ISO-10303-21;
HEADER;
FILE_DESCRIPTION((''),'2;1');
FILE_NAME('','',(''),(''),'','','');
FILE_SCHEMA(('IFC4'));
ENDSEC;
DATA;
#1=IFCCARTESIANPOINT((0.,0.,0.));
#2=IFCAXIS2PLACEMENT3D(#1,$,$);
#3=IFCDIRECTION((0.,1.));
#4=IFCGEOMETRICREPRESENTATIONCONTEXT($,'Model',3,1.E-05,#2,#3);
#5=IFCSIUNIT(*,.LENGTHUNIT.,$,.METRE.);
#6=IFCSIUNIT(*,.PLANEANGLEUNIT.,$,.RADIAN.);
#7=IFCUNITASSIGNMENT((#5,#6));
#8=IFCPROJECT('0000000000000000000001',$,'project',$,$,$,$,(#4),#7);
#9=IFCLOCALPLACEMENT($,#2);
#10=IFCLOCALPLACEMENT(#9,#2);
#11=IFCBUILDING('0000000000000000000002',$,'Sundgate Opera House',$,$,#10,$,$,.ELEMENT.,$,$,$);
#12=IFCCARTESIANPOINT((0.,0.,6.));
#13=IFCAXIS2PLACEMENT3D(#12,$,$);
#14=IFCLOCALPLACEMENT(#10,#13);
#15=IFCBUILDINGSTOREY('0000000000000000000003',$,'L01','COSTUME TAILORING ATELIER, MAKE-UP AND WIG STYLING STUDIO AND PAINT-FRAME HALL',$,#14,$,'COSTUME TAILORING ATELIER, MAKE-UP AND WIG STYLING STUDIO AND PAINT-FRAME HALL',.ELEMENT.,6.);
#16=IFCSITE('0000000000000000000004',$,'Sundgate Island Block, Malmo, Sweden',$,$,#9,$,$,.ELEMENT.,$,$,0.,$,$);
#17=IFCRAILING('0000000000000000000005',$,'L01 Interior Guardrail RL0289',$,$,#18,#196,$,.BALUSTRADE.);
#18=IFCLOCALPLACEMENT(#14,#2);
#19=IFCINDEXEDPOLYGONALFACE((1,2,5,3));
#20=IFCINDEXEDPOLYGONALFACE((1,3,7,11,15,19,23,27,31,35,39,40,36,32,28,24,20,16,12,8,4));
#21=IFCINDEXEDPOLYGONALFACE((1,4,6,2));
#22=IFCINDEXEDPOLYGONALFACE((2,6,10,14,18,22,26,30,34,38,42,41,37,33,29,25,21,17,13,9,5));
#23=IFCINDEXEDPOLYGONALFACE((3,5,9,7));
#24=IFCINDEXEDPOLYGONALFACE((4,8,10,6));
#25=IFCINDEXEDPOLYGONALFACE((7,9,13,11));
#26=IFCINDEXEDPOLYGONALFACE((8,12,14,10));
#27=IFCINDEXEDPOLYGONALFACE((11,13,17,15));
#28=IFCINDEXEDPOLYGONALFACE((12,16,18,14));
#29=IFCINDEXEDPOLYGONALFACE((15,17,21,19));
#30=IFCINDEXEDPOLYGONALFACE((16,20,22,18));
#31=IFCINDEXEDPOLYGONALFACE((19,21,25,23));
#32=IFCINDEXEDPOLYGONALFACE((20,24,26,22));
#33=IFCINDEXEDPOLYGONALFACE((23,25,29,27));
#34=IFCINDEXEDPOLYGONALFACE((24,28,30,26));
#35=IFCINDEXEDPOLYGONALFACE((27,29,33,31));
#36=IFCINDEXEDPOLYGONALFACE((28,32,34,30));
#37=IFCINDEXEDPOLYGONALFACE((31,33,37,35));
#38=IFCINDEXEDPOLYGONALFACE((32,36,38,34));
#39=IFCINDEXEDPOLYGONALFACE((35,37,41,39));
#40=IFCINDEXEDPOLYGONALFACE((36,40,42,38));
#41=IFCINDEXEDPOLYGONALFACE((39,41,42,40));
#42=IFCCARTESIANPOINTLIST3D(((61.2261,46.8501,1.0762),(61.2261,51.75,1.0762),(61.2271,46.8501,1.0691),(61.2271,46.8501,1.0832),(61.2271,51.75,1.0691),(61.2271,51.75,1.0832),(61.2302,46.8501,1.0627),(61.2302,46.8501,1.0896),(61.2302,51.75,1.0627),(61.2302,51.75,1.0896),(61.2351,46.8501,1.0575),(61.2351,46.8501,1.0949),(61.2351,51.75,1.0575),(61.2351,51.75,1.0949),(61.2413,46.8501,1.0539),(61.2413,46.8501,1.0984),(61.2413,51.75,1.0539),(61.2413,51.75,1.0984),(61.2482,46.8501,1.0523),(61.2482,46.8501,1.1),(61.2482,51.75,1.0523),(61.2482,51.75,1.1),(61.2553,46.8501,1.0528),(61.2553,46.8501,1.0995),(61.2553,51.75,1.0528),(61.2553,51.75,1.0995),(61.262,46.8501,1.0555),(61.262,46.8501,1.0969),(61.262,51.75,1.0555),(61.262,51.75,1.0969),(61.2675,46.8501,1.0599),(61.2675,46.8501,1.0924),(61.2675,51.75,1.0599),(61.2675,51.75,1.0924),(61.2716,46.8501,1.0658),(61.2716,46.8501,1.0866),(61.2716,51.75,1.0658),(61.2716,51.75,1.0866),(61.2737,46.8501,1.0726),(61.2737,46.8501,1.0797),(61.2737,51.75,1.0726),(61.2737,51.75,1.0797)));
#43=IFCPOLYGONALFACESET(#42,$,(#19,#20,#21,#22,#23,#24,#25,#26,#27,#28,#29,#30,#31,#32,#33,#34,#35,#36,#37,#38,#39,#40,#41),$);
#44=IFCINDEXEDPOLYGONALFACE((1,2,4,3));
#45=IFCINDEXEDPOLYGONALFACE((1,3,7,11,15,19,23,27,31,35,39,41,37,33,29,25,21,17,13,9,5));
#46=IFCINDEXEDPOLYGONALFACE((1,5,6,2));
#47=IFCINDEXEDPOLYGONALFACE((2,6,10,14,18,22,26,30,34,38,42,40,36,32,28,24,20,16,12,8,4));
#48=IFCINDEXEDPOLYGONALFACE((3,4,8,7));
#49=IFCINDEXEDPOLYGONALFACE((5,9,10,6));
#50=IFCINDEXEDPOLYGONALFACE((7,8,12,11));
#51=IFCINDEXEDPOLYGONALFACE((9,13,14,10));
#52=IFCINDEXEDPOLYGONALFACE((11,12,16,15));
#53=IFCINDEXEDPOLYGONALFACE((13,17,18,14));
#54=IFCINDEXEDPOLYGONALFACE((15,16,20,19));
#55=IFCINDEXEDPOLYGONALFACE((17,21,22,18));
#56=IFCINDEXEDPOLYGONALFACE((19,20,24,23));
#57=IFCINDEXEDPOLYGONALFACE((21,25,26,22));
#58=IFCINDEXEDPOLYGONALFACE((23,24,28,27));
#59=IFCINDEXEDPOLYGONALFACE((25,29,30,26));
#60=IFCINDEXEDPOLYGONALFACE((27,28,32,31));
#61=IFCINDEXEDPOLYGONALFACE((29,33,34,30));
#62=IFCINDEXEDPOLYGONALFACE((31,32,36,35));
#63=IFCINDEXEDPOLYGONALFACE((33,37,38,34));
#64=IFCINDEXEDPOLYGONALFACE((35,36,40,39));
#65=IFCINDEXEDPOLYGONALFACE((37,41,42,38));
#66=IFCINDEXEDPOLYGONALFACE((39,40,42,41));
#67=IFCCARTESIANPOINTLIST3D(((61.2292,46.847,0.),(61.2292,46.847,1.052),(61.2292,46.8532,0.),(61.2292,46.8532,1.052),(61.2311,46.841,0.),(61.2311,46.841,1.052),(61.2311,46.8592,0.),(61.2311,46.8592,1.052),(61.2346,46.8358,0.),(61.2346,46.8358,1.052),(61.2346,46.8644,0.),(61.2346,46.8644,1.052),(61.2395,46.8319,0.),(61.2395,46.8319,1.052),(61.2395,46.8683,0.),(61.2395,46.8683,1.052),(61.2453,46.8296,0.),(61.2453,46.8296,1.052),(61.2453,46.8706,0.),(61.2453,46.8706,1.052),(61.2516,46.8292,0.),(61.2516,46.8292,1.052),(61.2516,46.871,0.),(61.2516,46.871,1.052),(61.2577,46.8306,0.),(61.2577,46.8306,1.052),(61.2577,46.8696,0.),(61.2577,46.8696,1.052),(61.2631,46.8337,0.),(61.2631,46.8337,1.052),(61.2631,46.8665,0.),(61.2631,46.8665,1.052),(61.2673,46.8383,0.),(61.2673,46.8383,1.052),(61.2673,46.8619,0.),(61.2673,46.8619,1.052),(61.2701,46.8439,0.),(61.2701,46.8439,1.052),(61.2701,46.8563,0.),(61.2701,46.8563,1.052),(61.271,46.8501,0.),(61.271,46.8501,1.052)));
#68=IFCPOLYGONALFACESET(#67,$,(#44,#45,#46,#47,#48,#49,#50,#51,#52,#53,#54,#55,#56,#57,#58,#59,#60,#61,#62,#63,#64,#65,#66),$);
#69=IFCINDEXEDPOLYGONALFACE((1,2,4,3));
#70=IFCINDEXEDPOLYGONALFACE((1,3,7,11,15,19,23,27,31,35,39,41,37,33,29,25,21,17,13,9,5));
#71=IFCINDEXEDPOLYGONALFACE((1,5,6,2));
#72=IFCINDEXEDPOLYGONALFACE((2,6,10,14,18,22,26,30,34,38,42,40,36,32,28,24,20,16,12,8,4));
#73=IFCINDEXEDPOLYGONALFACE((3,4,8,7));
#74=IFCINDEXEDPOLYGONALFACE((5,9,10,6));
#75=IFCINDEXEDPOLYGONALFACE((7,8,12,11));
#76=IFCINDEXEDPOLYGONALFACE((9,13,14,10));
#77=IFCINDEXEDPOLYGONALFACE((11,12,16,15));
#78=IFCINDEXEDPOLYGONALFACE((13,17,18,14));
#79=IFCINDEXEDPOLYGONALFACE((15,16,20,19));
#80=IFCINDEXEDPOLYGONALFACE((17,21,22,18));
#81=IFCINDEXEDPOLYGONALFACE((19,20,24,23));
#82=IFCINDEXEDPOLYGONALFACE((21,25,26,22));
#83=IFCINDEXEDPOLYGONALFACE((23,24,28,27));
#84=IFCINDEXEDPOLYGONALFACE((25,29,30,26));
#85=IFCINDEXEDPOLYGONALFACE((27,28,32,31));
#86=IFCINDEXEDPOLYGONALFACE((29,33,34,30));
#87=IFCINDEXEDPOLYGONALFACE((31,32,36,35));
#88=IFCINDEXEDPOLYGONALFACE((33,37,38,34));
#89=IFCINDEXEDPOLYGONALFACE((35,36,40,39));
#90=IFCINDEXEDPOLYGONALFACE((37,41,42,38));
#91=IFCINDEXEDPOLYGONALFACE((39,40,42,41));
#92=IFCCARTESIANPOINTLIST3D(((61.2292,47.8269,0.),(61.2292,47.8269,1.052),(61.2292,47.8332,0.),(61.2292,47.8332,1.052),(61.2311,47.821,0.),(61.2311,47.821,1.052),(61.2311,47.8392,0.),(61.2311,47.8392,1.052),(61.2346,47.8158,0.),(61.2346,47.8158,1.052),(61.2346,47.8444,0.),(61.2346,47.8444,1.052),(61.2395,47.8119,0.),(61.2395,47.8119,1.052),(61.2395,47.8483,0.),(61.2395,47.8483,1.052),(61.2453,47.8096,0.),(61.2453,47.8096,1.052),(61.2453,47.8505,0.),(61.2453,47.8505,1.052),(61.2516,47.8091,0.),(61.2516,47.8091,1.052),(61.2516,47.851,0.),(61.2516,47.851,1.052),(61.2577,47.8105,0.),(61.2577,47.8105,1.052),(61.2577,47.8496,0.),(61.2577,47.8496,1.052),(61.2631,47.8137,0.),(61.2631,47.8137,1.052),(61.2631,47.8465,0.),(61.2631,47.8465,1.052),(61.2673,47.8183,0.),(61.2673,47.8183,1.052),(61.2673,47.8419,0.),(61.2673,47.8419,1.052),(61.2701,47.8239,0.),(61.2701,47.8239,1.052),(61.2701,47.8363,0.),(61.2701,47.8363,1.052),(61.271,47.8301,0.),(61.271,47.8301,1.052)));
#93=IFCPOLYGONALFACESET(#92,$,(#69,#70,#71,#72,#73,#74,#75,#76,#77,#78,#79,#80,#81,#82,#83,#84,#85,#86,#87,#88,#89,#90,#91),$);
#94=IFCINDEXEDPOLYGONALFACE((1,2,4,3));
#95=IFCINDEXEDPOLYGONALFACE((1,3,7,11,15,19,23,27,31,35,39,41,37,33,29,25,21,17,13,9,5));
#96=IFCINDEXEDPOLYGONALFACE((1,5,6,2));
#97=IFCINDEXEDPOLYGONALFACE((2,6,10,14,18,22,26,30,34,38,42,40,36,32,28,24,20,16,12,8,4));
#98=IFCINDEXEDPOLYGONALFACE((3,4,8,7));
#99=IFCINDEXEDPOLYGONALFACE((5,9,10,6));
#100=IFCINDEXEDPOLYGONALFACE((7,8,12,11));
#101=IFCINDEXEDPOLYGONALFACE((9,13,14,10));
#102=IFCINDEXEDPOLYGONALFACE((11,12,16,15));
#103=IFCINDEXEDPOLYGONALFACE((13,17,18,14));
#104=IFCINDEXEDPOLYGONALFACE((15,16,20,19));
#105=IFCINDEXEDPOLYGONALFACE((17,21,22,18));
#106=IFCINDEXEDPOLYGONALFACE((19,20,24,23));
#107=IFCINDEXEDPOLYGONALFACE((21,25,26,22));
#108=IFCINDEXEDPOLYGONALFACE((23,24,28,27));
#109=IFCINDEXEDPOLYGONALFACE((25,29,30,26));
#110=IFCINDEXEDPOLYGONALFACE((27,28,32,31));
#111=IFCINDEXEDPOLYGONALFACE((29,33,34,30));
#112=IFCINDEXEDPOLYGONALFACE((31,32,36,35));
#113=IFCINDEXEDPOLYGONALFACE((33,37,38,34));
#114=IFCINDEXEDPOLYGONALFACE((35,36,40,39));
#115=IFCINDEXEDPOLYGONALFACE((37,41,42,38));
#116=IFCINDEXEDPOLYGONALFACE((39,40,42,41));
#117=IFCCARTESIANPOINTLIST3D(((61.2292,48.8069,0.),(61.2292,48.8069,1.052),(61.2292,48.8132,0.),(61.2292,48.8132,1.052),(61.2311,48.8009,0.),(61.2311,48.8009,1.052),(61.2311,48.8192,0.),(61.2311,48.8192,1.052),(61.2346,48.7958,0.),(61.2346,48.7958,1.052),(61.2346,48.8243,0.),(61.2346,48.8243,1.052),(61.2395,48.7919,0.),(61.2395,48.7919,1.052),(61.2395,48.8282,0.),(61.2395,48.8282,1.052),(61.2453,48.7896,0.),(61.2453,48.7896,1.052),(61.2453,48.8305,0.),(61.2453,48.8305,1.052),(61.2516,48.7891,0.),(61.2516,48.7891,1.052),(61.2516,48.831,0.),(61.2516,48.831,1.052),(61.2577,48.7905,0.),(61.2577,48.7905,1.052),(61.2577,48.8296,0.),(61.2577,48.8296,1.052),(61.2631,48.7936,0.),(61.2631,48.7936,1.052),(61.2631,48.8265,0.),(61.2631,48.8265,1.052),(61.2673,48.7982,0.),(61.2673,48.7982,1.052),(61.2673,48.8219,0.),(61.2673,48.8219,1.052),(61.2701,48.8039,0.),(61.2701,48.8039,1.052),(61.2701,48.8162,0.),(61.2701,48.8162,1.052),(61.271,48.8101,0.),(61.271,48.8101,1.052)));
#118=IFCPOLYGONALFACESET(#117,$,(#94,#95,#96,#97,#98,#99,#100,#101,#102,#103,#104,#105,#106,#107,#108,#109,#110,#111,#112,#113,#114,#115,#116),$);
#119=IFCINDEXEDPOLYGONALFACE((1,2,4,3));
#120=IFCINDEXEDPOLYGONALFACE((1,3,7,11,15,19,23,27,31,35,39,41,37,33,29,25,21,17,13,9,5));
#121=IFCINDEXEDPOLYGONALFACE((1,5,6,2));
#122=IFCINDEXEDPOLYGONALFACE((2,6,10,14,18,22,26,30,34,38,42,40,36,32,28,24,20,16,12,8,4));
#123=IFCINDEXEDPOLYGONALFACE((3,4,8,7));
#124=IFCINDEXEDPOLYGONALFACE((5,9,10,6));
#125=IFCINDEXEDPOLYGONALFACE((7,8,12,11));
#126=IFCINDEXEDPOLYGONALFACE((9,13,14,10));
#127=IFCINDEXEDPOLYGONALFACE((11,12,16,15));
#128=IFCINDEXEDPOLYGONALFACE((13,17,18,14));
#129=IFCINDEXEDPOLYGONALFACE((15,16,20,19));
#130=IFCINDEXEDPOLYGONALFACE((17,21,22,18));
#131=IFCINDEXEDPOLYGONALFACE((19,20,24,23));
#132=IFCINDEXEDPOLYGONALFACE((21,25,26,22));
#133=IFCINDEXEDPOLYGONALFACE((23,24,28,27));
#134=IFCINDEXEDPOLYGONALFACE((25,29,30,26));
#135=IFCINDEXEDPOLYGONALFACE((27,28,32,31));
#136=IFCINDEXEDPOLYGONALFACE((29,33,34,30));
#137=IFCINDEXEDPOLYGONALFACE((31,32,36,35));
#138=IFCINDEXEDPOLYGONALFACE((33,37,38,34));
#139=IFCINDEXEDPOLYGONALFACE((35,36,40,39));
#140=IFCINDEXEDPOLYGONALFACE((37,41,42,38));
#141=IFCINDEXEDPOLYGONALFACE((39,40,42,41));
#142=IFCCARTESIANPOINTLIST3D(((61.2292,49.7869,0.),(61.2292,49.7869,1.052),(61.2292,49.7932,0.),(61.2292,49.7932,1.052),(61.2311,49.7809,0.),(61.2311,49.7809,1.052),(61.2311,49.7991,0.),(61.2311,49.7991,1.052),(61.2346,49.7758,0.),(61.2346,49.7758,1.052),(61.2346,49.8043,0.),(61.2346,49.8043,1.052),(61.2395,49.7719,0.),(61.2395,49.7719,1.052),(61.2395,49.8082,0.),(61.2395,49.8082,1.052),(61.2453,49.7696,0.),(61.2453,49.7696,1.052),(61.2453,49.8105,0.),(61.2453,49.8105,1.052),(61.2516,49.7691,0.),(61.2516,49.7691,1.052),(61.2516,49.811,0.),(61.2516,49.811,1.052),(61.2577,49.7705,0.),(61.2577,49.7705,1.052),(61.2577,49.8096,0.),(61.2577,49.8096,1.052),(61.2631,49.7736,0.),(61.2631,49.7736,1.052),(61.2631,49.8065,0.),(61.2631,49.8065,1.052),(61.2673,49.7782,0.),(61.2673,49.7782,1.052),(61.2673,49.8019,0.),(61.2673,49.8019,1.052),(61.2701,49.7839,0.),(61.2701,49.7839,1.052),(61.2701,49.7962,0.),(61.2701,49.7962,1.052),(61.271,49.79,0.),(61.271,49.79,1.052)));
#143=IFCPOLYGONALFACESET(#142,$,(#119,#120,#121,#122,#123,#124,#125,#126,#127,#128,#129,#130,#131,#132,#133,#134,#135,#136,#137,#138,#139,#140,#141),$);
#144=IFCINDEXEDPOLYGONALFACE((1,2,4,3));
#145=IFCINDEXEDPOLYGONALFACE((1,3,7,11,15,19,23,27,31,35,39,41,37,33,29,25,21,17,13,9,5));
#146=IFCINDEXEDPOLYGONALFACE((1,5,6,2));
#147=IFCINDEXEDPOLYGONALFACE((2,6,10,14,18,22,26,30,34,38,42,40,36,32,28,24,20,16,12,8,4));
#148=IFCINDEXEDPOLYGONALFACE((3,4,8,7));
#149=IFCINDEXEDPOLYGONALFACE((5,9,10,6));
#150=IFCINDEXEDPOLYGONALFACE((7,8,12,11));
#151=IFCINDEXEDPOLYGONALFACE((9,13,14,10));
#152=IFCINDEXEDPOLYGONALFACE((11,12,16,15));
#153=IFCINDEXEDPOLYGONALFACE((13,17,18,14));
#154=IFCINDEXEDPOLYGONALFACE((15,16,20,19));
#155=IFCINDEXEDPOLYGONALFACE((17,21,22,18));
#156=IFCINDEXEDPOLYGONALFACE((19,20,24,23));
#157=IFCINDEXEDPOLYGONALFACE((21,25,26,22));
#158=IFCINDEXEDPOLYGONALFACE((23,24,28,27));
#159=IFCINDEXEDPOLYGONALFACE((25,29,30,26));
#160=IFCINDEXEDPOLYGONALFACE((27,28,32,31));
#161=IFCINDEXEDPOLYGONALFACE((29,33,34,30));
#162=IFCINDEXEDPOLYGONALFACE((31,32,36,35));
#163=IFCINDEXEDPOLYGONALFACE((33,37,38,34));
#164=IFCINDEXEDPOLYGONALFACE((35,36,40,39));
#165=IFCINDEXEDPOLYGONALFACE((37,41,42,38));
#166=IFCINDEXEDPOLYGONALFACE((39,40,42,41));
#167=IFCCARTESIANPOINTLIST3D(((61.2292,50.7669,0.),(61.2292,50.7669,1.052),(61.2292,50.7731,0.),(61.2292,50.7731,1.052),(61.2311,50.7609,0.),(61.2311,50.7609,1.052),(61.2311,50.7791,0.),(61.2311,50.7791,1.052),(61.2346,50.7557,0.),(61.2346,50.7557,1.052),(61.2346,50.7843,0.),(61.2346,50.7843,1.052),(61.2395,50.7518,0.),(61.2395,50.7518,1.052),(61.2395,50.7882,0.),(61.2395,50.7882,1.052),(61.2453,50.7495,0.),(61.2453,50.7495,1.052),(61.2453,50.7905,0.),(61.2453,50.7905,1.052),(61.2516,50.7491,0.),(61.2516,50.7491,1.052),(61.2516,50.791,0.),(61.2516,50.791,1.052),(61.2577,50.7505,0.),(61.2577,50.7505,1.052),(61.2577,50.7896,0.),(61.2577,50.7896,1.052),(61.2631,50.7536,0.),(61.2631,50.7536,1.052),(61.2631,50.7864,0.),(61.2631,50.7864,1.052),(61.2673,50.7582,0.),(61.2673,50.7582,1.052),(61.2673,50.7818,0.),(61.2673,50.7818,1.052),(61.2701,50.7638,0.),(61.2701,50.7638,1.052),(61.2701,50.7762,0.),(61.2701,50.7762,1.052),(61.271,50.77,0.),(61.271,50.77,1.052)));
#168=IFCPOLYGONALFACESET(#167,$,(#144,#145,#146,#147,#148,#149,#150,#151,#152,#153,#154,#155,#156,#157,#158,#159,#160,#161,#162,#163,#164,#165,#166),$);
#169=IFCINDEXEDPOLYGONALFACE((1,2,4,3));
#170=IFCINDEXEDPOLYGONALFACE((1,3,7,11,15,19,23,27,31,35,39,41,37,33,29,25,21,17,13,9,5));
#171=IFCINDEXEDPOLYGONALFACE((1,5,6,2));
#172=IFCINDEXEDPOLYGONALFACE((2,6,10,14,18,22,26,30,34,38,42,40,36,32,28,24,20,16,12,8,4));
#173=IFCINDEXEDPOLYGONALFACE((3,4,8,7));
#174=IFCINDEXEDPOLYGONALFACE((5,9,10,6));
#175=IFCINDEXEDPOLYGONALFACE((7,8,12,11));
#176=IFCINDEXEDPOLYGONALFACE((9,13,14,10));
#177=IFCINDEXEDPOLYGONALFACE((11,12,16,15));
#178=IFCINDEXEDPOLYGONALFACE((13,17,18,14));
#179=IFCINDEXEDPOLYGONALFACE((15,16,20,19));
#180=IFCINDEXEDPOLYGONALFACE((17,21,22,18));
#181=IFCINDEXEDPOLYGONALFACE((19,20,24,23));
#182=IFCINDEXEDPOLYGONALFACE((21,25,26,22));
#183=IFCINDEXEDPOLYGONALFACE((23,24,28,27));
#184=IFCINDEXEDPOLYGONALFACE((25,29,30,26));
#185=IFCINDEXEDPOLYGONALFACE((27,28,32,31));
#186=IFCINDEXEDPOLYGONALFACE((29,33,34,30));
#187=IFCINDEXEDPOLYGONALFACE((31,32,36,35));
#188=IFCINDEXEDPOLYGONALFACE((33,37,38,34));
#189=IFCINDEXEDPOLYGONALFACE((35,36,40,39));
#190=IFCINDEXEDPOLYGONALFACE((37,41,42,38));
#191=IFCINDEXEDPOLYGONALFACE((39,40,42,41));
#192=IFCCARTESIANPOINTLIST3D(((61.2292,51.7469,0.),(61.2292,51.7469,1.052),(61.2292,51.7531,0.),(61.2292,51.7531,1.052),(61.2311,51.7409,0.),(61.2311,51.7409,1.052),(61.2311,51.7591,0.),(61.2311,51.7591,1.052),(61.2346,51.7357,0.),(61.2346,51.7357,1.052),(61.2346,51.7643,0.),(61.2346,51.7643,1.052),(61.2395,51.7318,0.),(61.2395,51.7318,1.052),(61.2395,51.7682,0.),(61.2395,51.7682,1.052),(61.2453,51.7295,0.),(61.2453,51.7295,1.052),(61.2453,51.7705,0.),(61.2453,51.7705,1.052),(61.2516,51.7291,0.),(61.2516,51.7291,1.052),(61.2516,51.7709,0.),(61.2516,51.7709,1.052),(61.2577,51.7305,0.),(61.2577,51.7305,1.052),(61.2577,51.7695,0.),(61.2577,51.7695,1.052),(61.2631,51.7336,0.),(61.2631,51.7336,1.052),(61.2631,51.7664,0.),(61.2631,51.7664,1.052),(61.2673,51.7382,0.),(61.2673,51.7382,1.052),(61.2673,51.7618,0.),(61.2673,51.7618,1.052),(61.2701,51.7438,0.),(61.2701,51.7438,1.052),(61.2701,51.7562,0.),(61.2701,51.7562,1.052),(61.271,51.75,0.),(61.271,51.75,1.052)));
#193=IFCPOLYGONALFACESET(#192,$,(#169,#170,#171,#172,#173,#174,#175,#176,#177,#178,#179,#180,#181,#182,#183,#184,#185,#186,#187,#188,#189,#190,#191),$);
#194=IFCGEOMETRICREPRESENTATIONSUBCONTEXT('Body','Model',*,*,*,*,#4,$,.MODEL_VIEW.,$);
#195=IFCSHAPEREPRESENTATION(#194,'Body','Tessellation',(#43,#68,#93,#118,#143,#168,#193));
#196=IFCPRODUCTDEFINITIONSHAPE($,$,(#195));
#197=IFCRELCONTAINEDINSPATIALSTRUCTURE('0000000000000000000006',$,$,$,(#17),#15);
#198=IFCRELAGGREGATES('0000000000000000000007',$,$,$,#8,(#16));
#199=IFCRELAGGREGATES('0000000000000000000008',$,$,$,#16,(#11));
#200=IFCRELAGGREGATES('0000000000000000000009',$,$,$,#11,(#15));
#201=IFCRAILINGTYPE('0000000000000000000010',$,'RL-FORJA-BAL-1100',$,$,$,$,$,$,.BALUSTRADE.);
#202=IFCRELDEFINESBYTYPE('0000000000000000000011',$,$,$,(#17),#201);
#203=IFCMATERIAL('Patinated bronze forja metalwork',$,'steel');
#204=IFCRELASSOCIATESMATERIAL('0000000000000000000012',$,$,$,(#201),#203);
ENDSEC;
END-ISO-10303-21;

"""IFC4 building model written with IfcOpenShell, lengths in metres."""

from ifc_helpers import new_model, si_unit, direction, frame, origin, origin_2d, place, context, subcontext, project, spatial, circle, extrude, material, type_object, element, save


model = new_model("IFC4")

# Units and contexts
model_context = context("Model", 3, precision=1e-05, world=origin(), true_north=direction((0.0, 1.0)))
body_context = subcontext(model_context, "Body", "Model", "MODEL_VIEW")
ifc_project = project(units=[si_unit("LENGTHUNIT", "METRE"), si_unit("PLANEANGLEUNIT", "RADIAN")], contexts=[model_context])

# Site, building, storey
site_placement = place(None, origin())
site = spatial("IfcSite", under=ifc_project, at=site_placement, Name="Sundgate Island Block, Malmo, Sweden", CompositionType="ELEMENT", RefElevation=0.0)
building_placement = place(site_placement, origin())
building = spatial("IfcBuilding", under=site, at=building_placement, Name="Sundgate Opera House", CompositionType="ELEMENT")
storey_placement = place(building_placement, frame((0.0, 0.0, 6.0)))
storey = spatial("IfcBuildingStorey", under=building, at=storey_placement, Name="L01", Description="COSTUME TAILORING ATELIER, MAKE-UP AND WIG STYLING STUDIO AND PAINT-FRAME HALL", LongName="COSTUME TAILORING ATELIER, MAKE-UP AND WIG STYLING STUDIO AND PAINT-FRAME HALL", CompositionType="ELEMENT", Elevation=6.0)

# Railing
ifc_material_1 = material(Name="Patinated bronze forja metalwork", Category="steel")
railing_type_1 = type_object("IfcRailingType", Name="RL-FORJA-BAL-1100", PredefinedType="BALUSTRADE", material=ifc_material_1)
railing_1_placement = place(storey_placement, frame((61.25, 46.8501, 0.0)))
element("IfcRailing", 1, at=railing_1_placement, inside=storey, type_object=railing_type_1, Name="L01 Interior Guardrail RL0289", PredefinedType="BALUSTRADE", context=body_context, shape_type="SweptSolid", body=[
    extrude(circle(Radius=0.0239, at=origin_2d()), frame((0.0, 0.0, 1.0762), z_axis=(0.0, 1.0, 0.0), x_axis=(-1.0, 0.0, 0.0)), (0.0, 0.0, 1.0), 4.8999),
    extrude(circle(Radius=0.021, at=origin_2d()), origin(), (0.0, 0.0, 1.0), 1.052),
    extrude(circle(Radius=0.021, at=origin_2d()), frame((0.0, 0.98, 0.0)), (0.0, 0.0, 1.0), 1.052),
    extrude(circle(Radius=0.021, at=origin_2d()), frame((0.0, 1.96, 0.0)), (0.0, 0.0, 1.0), 1.052),
    extrude(circle(Radius=0.021, at=origin_2d()), frame((0.0, 2.9399, 0.0)), (0.0, 0.0, 1.0), 1.052),
    extrude(circle(Radius=0.021, at=origin_2d()), frame((0.0, 3.9199, 0.0)), (0.0, 0.0, 1.0), 1.052),
    extrude(circle(Radius=0.021, at=origin_2d()), frame((0.0, 4.8999, 0.0)), (0.0, 0.0, 1.0), 1.052),
])

save(model, "model.ifc")
